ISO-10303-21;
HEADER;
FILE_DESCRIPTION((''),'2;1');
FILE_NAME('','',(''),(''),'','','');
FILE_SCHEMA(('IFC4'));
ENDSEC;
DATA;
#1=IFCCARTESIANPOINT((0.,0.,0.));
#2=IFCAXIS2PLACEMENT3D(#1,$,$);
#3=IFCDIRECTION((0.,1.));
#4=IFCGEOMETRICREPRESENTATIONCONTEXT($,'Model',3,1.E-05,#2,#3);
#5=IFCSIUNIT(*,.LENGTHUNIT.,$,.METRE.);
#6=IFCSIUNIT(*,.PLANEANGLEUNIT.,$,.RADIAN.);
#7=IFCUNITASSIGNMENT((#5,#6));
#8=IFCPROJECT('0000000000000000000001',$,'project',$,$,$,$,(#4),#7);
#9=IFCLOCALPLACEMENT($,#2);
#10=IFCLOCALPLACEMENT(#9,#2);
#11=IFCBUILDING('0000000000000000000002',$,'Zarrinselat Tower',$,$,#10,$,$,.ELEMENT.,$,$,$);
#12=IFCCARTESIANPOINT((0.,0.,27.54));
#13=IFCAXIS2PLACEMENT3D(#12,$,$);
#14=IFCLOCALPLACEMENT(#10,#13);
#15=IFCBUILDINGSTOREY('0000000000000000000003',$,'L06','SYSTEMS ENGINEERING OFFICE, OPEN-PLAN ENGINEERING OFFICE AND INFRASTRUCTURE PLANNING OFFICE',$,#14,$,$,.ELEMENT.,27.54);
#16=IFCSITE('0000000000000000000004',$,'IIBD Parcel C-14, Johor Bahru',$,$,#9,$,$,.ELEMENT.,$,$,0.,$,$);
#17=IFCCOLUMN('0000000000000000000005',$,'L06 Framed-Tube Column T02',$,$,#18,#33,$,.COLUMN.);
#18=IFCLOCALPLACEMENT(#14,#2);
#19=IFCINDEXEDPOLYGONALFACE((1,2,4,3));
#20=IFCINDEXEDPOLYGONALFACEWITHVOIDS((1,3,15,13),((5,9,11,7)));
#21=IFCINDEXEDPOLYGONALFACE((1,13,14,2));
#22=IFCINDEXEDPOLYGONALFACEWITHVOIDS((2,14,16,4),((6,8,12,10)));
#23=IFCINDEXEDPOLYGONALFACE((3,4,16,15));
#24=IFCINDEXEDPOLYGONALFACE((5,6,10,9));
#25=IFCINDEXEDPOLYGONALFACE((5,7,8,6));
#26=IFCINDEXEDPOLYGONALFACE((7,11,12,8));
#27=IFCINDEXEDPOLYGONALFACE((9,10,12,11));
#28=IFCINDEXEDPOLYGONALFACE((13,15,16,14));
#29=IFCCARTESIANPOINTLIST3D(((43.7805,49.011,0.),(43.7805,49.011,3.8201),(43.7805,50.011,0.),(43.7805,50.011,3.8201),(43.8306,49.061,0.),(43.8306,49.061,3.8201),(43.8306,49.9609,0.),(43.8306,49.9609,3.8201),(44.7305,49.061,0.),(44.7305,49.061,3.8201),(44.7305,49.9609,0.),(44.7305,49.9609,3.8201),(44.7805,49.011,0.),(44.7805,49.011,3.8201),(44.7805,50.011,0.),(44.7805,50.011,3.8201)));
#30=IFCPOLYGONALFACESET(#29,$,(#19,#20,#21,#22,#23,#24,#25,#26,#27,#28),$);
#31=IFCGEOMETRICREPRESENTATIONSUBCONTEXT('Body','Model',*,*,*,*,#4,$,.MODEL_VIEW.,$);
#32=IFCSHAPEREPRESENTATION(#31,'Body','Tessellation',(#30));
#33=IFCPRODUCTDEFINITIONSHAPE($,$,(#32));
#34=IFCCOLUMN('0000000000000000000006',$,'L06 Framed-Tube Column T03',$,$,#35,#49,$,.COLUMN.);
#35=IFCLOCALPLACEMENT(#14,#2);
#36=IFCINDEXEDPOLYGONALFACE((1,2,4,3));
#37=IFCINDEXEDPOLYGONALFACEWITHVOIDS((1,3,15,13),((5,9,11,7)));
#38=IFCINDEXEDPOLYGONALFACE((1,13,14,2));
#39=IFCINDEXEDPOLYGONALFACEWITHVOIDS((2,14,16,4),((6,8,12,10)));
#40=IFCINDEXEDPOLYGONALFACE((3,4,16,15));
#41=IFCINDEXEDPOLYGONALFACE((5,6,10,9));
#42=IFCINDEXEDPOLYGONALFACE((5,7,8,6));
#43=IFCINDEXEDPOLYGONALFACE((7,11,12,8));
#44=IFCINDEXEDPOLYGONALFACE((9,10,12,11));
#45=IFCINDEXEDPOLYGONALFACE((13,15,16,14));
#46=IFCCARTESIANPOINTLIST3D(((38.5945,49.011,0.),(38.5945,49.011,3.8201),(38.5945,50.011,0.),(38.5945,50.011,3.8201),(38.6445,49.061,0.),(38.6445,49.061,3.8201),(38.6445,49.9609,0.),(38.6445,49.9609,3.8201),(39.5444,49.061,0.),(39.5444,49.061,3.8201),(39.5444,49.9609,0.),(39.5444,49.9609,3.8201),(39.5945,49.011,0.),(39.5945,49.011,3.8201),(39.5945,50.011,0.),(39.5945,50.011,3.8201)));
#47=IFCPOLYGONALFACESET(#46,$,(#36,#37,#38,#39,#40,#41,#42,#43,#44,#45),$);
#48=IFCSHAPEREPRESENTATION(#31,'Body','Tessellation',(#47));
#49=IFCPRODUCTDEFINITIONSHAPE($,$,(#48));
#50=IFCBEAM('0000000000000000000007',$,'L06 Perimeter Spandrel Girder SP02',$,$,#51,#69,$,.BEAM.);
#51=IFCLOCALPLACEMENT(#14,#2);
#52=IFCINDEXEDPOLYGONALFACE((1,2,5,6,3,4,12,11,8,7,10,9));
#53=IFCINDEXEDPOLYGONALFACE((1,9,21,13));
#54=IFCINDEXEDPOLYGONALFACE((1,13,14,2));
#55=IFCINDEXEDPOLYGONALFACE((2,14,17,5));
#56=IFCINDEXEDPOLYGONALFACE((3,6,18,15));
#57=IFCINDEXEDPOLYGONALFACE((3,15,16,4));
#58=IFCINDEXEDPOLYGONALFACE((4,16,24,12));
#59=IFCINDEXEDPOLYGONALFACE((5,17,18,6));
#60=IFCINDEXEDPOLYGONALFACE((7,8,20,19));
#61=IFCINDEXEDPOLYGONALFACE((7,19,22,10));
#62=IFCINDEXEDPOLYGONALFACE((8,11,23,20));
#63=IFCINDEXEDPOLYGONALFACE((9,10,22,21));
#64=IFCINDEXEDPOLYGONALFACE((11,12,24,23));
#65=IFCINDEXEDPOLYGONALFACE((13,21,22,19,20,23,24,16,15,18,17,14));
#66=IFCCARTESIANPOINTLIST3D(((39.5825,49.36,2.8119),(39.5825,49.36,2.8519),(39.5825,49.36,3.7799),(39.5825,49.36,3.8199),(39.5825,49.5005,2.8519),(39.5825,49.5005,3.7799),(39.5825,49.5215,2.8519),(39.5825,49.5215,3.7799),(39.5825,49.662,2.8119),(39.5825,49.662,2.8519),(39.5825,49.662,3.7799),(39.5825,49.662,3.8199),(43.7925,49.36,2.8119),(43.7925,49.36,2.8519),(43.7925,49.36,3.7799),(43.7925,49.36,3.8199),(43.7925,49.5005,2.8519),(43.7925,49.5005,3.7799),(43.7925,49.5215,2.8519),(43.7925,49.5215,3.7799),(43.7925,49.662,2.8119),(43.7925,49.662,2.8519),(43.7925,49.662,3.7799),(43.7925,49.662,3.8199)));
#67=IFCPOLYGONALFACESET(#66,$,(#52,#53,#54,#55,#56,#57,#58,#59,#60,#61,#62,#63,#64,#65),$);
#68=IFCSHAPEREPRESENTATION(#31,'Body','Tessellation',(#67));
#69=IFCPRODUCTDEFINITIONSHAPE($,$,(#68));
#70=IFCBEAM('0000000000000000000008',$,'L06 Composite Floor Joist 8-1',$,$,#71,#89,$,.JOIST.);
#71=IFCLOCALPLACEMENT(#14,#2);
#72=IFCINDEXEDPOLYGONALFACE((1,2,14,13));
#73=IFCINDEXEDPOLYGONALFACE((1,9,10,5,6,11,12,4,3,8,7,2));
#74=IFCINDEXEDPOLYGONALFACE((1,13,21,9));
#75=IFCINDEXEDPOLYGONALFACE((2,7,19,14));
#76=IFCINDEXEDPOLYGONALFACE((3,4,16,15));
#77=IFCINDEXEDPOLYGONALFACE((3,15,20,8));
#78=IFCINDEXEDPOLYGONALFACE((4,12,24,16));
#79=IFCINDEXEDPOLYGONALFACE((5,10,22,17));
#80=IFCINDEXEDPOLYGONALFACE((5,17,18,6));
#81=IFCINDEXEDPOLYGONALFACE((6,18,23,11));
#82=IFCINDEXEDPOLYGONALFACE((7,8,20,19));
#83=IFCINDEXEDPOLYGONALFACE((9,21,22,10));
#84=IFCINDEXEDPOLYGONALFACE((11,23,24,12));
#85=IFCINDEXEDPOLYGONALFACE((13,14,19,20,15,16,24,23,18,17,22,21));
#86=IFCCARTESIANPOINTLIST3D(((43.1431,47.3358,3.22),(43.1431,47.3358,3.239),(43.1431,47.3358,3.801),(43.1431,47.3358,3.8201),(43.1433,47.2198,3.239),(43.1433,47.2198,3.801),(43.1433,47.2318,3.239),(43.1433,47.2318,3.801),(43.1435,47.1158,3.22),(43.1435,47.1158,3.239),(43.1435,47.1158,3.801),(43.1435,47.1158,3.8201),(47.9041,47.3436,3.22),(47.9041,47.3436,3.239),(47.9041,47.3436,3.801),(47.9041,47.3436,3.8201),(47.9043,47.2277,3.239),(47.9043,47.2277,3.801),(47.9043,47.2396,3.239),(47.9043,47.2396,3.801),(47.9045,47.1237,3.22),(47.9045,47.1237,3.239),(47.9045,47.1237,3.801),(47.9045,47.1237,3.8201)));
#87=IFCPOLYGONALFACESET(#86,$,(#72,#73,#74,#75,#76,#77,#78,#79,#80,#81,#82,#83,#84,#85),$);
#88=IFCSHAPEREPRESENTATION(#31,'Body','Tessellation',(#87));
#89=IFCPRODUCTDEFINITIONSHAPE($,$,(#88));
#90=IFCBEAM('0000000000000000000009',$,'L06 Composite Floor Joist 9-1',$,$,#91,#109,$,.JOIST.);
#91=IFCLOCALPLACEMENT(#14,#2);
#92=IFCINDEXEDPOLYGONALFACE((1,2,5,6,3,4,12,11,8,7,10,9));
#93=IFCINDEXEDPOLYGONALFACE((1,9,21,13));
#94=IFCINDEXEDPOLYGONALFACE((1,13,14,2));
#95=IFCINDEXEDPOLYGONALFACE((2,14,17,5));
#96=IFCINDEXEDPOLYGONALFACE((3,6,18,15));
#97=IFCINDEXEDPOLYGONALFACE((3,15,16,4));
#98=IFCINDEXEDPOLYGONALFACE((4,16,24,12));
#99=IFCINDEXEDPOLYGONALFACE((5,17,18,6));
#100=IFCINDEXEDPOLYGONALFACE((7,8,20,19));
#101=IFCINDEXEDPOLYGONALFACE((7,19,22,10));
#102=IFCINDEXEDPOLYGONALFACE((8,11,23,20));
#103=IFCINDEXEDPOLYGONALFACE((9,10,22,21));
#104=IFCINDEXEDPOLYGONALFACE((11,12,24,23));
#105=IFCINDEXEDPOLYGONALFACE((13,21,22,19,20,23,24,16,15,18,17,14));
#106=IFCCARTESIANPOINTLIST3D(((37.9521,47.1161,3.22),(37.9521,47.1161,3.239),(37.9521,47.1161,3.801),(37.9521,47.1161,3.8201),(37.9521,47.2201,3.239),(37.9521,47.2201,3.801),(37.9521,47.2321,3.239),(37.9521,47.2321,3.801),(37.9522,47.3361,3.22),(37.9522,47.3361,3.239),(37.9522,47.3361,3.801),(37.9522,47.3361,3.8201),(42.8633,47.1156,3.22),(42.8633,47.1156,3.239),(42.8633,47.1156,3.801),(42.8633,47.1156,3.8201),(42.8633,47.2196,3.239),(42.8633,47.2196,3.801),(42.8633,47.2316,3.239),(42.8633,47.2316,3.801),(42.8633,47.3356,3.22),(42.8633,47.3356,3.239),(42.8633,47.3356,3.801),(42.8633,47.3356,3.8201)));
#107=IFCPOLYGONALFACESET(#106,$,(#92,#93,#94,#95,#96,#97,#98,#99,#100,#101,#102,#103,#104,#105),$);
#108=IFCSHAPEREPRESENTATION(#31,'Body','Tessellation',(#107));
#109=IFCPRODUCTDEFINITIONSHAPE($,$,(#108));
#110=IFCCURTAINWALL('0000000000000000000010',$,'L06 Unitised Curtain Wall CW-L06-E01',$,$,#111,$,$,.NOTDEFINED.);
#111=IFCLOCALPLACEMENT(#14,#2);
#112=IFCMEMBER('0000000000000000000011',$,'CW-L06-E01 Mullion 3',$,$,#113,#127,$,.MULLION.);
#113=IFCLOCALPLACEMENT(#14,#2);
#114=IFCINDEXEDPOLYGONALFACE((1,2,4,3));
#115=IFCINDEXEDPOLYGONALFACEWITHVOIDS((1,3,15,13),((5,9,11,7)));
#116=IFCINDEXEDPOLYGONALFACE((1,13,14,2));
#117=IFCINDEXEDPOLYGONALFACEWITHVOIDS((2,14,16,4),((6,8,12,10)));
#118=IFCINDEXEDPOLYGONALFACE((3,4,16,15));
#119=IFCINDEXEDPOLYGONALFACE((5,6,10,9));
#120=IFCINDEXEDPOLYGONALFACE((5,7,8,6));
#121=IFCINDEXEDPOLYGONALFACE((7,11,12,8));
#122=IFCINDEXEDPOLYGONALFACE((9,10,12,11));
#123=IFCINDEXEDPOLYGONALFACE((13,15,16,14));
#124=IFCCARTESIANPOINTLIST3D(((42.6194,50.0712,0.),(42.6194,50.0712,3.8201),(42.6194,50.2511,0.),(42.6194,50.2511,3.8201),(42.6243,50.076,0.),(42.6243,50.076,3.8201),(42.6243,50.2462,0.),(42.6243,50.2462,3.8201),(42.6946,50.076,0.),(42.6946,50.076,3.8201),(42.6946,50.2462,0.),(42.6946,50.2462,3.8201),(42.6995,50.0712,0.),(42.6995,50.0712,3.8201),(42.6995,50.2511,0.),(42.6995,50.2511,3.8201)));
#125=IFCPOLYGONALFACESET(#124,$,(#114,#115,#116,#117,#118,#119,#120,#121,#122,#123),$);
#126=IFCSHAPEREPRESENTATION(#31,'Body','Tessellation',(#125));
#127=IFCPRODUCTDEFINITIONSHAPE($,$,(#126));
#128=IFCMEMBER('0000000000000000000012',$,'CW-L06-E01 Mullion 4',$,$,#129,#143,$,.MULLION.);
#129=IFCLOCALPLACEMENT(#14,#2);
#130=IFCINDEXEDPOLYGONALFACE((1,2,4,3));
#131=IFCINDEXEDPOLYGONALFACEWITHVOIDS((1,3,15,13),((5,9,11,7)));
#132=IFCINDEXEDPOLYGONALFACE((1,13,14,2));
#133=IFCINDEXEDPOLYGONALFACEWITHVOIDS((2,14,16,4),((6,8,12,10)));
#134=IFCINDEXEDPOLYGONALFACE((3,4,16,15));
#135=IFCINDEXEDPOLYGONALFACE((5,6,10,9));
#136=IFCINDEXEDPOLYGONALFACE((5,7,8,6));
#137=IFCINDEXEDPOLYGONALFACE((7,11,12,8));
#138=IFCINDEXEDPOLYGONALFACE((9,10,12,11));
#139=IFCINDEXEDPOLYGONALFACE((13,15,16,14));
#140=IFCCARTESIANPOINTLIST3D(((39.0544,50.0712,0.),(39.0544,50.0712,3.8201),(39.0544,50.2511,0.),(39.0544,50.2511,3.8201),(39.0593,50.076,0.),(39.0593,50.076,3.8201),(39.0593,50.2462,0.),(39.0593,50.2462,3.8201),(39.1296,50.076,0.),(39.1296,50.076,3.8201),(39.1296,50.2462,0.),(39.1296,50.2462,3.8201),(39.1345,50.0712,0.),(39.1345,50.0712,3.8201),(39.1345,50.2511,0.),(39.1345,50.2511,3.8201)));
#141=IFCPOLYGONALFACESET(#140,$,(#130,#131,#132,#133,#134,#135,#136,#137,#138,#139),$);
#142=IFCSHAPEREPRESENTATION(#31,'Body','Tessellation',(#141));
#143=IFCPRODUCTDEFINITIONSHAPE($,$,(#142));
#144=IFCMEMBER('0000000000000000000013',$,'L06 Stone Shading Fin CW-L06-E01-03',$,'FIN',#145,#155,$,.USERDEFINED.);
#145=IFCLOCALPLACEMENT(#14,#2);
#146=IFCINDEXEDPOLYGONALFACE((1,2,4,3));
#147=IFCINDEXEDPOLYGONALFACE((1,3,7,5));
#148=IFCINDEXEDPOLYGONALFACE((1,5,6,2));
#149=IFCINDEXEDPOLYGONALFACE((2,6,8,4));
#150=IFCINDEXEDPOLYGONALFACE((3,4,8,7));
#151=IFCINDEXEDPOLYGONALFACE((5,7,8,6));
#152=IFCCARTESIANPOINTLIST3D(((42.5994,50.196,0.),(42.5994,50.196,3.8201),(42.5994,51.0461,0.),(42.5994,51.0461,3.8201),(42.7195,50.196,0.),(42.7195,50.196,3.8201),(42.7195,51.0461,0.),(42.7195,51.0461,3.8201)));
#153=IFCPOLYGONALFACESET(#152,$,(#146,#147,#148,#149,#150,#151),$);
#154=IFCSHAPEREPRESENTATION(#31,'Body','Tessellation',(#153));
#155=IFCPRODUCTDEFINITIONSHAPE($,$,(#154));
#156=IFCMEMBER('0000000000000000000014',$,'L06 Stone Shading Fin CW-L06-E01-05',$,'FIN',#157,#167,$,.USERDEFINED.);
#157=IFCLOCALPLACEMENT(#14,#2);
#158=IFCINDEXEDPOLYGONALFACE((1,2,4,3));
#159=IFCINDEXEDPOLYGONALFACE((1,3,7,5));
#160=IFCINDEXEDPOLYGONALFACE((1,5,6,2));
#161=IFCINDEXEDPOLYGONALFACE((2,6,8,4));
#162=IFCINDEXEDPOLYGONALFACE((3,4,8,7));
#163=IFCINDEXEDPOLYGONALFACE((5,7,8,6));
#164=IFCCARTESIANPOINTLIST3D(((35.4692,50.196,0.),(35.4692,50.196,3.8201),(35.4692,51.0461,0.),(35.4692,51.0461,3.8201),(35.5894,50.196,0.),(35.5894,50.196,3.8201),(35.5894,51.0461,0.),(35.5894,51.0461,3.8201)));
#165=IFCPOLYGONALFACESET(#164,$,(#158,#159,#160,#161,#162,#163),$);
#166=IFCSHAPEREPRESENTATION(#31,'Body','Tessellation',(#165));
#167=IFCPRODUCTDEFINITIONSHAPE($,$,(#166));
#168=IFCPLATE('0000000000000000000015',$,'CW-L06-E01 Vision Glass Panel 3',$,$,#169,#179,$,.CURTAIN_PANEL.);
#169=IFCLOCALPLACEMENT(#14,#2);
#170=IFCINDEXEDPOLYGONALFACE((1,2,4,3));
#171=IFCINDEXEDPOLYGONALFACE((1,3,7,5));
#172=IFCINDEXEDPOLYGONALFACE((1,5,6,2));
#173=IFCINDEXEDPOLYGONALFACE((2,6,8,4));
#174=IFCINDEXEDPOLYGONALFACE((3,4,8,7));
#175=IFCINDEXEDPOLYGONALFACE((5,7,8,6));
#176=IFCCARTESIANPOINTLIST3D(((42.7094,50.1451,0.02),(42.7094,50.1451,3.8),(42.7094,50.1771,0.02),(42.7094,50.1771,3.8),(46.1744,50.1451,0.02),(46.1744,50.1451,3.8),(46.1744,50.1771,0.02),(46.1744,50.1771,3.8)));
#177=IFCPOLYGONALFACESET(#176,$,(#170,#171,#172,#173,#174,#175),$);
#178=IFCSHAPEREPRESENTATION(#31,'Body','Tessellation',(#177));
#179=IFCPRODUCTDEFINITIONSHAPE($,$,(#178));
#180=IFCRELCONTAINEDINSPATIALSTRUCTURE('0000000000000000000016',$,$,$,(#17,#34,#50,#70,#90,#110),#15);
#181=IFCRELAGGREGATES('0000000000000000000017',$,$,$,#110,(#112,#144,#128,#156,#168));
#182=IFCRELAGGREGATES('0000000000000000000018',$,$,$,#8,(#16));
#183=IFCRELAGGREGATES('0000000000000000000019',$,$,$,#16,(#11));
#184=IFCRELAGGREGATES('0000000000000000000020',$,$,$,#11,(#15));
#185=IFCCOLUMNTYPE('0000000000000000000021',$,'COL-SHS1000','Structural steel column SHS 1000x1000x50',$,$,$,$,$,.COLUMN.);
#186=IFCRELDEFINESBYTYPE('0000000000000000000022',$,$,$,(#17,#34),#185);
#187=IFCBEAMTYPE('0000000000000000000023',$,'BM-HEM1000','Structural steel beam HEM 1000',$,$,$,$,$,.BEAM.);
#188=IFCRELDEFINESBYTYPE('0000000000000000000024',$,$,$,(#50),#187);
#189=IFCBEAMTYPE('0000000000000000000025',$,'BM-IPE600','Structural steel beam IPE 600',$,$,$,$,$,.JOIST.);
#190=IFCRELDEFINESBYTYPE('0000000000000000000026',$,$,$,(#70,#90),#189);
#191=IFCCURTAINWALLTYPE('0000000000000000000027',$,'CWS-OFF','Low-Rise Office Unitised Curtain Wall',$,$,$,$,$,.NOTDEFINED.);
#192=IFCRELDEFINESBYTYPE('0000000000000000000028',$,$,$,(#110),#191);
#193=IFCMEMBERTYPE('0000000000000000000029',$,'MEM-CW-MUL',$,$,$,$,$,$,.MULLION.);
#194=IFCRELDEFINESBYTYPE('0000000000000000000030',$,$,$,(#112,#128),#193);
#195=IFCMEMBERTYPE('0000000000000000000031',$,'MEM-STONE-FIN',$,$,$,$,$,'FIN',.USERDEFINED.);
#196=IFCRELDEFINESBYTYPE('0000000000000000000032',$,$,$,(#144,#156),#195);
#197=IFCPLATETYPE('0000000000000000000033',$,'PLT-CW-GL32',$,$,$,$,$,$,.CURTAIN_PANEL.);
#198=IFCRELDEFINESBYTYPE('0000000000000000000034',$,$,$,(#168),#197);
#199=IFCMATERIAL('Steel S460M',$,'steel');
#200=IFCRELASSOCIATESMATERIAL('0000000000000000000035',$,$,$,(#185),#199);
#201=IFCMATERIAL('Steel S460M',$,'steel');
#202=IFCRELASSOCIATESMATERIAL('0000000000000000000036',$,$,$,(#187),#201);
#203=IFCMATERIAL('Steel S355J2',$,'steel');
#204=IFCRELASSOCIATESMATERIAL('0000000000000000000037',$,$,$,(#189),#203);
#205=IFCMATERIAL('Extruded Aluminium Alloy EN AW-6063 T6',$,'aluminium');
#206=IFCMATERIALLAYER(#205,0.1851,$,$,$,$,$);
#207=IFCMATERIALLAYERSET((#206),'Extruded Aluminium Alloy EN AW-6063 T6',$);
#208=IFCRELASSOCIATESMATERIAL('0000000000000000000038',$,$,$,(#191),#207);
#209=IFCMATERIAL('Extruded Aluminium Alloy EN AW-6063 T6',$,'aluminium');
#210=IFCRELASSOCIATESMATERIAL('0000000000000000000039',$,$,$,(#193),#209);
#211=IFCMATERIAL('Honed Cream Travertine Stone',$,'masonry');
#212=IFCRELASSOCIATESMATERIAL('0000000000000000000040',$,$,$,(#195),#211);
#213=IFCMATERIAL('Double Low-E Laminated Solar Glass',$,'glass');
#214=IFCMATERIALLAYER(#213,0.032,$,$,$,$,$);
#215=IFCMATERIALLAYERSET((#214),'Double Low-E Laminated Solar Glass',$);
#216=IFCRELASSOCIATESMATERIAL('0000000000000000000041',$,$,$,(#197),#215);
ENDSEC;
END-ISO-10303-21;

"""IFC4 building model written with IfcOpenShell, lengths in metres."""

from ifc_helpers import new_model, si_unit, direction, frame, origin, origin_2d, place, context, subcontext, project, spatial, rectangle, hollow_rectangle, i_section, extrude, material, layer, layer_set, material_profile, profile_set, type_object, element, aggregate, save


model = new_model("IFC4")

# Units and contexts
model_context = context("Model", 3, precision=1e-05, world=origin(), true_north=direction((0.0, 1.0)))
body_context = subcontext(model_context, "Body", "Model", "MODEL_VIEW")
ifc_project = project(units=[si_unit("LENGTHUNIT", "METRE"), si_unit("PLANEANGLEUNIT", "RADIAN")], contexts=[model_context])

# Site, building, storey
site_placement = place(None, origin())
site = spatial("IfcSite", under=ifc_project, at=site_placement, Name="IIBD Parcel C-14, Johor Bahru", CompositionType="ELEMENT", RefElevation=0.0)
building_placement = place(site_placement, origin())
building = spatial("IfcBuilding", under=site, at=building_placement, Name="Zarrinselat Tower", CompositionType="ELEMENT")
storey_placement = place(building_placement, frame((0.0, 0.0, 27.54)))
storey = spatial("IfcBuildingStorey", under=building, at=storey_placement, Name="L06", Description="SYSTEMS ENGINEERING OFFICE, OPEN-PLAN ENGINEERING OFFICE AND INFRASTRUCTURE PLANNING OFFICE", CompositionType="ELEMENT", Elevation=27.54)

# Columns
ifc_material_1 = material(Name="Steel S460M", Category="steel")
ifc_material_profile_1 = material_profile(ifc_material_1, hollow_rectangle(XDim=1.0, YDim=1.0, WallThickness=0.05, at=origin_2d()), Name="SHS 1000x1000x50")
ifc_profile_set_1 = profile_set([ifc_material_profile_1], Name="Steel S460M")
column_type = type_object("IfcColumnType", Name="COL-SHS1000", Description="Structural steel column SHS 1000x1000x50", PredefinedType="COLUMN", material=ifc_profile_set_1)
for number, where, z_axis, x_axis, name in (
    (1, (44.2805, 49.511, 0.0), (0.0, 0.0, 1.0), (1.0, 0.0, 0.0), "L06 Framed-Tube Column T02"),
    (2, (39.0945, 49.511, 0.0), (0.0, 0.0, 1.0), (1.0, 0.0, 0.0), "L06 Framed-Tube Column T03"),
):
    element("IfcColumn", number, at=place(storey_placement, frame(where, z_axis=z_axis, x_axis=x_axis)), inside=storey, type_object=column_type, Name=name, PredefinedType="COLUMN", context=body_context, shape_type="SweptSolid", body=[
        extrude(hollow_rectangle(XDim=1.0, YDim=1.0, WallThickness=0.05, at=origin_2d()), origin(), (0.0, 0.0, 1.0), 3.8201),
    ])

# Beams
ifc_material_2 = material(Name="Steel S460M", Category="steel")
ifc_material_profile_2 = material_profile(ifc_material_2, i_section(OverallWidth=0.302, OverallDepth=1.0081, WebThickness=0.021, FlangeThickness=0.04, at=origin_2d()), Name="HEM 1000")
ifc_profile_set_2 = profile_set([ifc_material_profile_2], Name="Steel S460M")
beam_type_1 = type_object("IfcBeamType", Name="BM-HEM1000", Description="Structural steel beam HEM 1000", PredefinedType="BEAM", material=ifc_profile_set_2)
beam_1_placement = place(storey_placement, frame((39.5825, 49.511, 3.3159), z_axis=(1.0, 0.0, 0.0), x_axis=(0.0, 1.0, 0.0)))
element("IfcBeam", 3, at=beam_1_placement, inside=storey, type_object=beam_type_1, Name="L06 Perimeter Spandrel Girder SP02", PredefinedType="BEAM", context=body_context, shape_type="SweptSolid", body=[
    extrude(i_section(OverallWidth=0.302, OverallDepth=1.0081, WebThickness=0.021, FlangeThickness=0.04, at=origin_2d()), origin(), (0.0, 0.0, 1.0), 4.21),
])
ifc_material_3 = material(Name="Steel S355J2", Category="steel")
ifc_material_profile_3 = material_profile(ifc_material_3, i_section(OverallWidth=0.22, OverallDepth=0.6001, WebThickness=0.012, FlangeThickness=0.019, at=origin_2d()), Name="IPE 600")
ifc_profile_set_3 = profile_set([ifc_material_profile_3], Name="Steel S355J2")
beam_type_2 = type_object("IfcBeamType", Name="BM-IPE600", Description="Structural steel beam IPE 600", PredefinedType="JOIST", material=ifc_profile_set_3)
beam_2_placement = place(storey_placement, frame((43.1433, 47.2258, 3.52), z_axis=(0.999999, 0.001641, 0.0), x_axis=(-0.001641, 0.999999, 0.0)))
element("IfcBeam", 4, at=beam_2_placement, inside=storey, type_object=beam_type_2, Name="L06 Composite Floor Joist 8-1", PredefinedType="JOIST", context=body_context, shape_type="SweptSolid", body=[
    extrude(i_section(OverallWidth=0.22, OverallDepth=0.6001, WebThickness=0.012, FlangeThickness=0.019, at=origin_2d()), origin(), (0.0, 0.0, 1.0), 4.761),
])
beam_3_placement = place(storey_placement, frame((37.9521, 47.2261, 3.52), z_axis=(1.0, -0.000099, 0.0), x_axis=(0.000099, 1.0, 0.0)))
element("IfcBeam", 5, at=beam_3_placement, inside=storey, type_object=beam_type_2, Name="L06 Composite Floor Joist 9-1", PredefinedType="JOIST", context=body_context, shape_type="SweptSolid", body=[
    extrude(i_section(OverallWidth=0.22, OverallDepth=0.6001, WebThickness=0.012, FlangeThickness=0.019, at=origin_2d()), origin(), (0.0, 0.0, 1.0), 4.9111),
])

# Curtain wall, members, plate
ifc_material_4 = material(Name="Extruded Aluminium Alloy EN AW-6063 T6", Category="aluminium")
ifc_layer_1 = layer(ifc_material_4, 0.1851)
ifc_layer_set_1 = layer_set([ifc_layer_1], Name="Extruded Aluminium Alloy EN AW-6063 T6")
curtain_wall_type = type_object("IfcCurtainWallType", Name="CWS-OFF", Description="Low-Rise Office Unitised Curtain Wall", PredefinedType="NOTDEFINED", material=ifc_layer_set_1)
curtain_wall_placement = place(storey_placement, origin())
curtain_wall = element("IfcCurtainWall", 6, at=curtain_wall_placement, inside=storey, type_object=curtain_wall_type, Name="L06 Unitised Curtain Wall CW-L06-E01", PredefinedType="NOTDEFINED")
ifc_material_5 = material(Name="Extruded Aluminium Alloy EN AW-6063 T6", Category="aluminium")
ifc_material_profile_4 = material_profile(ifc_material_5, hollow_rectangle(XDim=0.0801, YDim=0.1799, WallThickness=0.0049, at=origin_2d()), Name="RHS 180x80x5")
ifc_profile_set_4 = profile_set([ifc_material_profile_4], Name="Extruded Aluminium Alloy EN AW-6063 T6")
member_type_1 = type_object("IfcMemberType", Name="MEM-CW-MUL", PredefinedType="MULLION", material=ifc_profile_set_4)
member_1_placement = place(storey_placement, frame((42.6594, 50.1611, 0.0), z_axis=(0.0, 0.0, 1.0), x_axis=(-1.0, 0.0, 0.0)))
member_1 = element("IfcMember", 7, at=member_1_placement, type_object=member_type_1, Name="CW-L06-E01 Mullion 3", PredefinedType="MULLION", context=body_context, shape_type="SweptSolid", body=[
    extrude(hollow_rectangle(XDim=0.0801, YDim=0.1799, WallThickness=0.0049, at=origin_2d()), origin(), (0.0, 0.0, 1.0), 3.8201),
])
member_2_placement = place(storey_placement, frame((39.0945, 50.1611, 0.0), z_axis=(0.0, 0.0, 1.0), x_axis=(-1.0, 0.0, 0.0)))
member_2 = element("IfcMember", 8, at=member_2_placement, type_object=member_type_1, Name="CW-L06-E01 Mullion 4", PredefinedType="MULLION", context=body_context, shape_type="SweptSolid", body=[
    extrude(hollow_rectangle(XDim=0.0801, YDim=0.1799, WallThickness=0.0049, at=origin_2d()), origin(), (0.0, 0.0, 1.0), 3.8201),
])
ifc_material_6 = material(Name="Honed Cream Travertine Stone", Category="masonry")
ifc_material_profile_5 = material_profile(ifc_material_6, rectangle(XDim=0.1201, YDim=0.8501, at=origin_2d()), Name="FIN 850x120")
ifc_profile_set_5 = profile_set([ifc_material_profile_5], Name="Honed Cream Travertine Stone")
member_type_2 = type_object("IfcMemberType", Name="MEM-STONE-FIN", ElementType="FIN", PredefinedType="USERDEFINED", material=ifc_profile_set_5)
member_3_placement = place(storey_placement, frame((42.6594, 50.6211, 0.0), z_axis=(0.0, 0.0, 1.0), x_axis=(1.0, 0.0, 0.0)))
member_3 = element("IfcMember", 9, at=member_3_placement, type_object=member_type_2, Name="L06 Stone Shading Fin CW-L06-E01-03", ObjectType="FIN", PredefinedType="USERDEFINED", context=body_context, shape_type="SweptSolid", body=[
    extrude(rectangle(XDim=0.1201, YDim=0.8501, at=origin_2d()), origin(), (0.0, 0.0, 1.0), 3.8201),
])
member_4_placement = place(storey_placement, frame((35.5293, 50.6211, 0.0), z_axis=(0.0, 0.0, 1.0), x_axis=(1.0, 0.0, 0.0)))
member_4 = element("IfcMember", 10, at=member_4_placement, type_object=member_type_2, Name="L06 Stone Shading Fin CW-L06-E01-05", ObjectType="FIN", PredefinedType="USERDEFINED", context=body_context, shape_type="SweptSolid", body=[
    extrude(rectangle(XDim=0.1201, YDim=0.8501, at=origin_2d()), origin(), (0.0, 0.0, 1.0), 3.8201),
])
ifc_material_7 = material(Name="Double Low-E Laminated Solar Glass", Category="glass")
ifc_layer_2 = layer(ifc_material_7, 0.032)
ifc_layer_set_2 = layer_set([ifc_layer_2], Name="Double Low-E Laminated Solar Glass")
plate_type = type_object("IfcPlateType", Name="PLT-CW-GL32", PredefinedType="CURTAIN_PANEL", material=ifc_layer_set_2)
plate_1_placement = place(storey_placement, frame((44.4419, 50.1611, 0.02), z_axis=(0.0, 0.0, 1.0), x_axis=(-1.0, 0.0, 0.0)))
plate_1 = element("IfcPlate", 11, at=plate_1_placement, type_object=plate_type, Name="CW-L06-E01 Vision Glass Panel 3", PredefinedType="CURTAIN_PANEL", context=body_context, shape_type="SweptSolid", body=[
    extrude(rectangle(XDim=3.4651, YDim=0.032, at=origin_2d()), origin(), (0.0, 0.0, 1.0), 3.78),
])
aggregate(curtain_wall, [member_1, member_3, member_2, member_4, plate_1])

save(model, "model.ifc")
